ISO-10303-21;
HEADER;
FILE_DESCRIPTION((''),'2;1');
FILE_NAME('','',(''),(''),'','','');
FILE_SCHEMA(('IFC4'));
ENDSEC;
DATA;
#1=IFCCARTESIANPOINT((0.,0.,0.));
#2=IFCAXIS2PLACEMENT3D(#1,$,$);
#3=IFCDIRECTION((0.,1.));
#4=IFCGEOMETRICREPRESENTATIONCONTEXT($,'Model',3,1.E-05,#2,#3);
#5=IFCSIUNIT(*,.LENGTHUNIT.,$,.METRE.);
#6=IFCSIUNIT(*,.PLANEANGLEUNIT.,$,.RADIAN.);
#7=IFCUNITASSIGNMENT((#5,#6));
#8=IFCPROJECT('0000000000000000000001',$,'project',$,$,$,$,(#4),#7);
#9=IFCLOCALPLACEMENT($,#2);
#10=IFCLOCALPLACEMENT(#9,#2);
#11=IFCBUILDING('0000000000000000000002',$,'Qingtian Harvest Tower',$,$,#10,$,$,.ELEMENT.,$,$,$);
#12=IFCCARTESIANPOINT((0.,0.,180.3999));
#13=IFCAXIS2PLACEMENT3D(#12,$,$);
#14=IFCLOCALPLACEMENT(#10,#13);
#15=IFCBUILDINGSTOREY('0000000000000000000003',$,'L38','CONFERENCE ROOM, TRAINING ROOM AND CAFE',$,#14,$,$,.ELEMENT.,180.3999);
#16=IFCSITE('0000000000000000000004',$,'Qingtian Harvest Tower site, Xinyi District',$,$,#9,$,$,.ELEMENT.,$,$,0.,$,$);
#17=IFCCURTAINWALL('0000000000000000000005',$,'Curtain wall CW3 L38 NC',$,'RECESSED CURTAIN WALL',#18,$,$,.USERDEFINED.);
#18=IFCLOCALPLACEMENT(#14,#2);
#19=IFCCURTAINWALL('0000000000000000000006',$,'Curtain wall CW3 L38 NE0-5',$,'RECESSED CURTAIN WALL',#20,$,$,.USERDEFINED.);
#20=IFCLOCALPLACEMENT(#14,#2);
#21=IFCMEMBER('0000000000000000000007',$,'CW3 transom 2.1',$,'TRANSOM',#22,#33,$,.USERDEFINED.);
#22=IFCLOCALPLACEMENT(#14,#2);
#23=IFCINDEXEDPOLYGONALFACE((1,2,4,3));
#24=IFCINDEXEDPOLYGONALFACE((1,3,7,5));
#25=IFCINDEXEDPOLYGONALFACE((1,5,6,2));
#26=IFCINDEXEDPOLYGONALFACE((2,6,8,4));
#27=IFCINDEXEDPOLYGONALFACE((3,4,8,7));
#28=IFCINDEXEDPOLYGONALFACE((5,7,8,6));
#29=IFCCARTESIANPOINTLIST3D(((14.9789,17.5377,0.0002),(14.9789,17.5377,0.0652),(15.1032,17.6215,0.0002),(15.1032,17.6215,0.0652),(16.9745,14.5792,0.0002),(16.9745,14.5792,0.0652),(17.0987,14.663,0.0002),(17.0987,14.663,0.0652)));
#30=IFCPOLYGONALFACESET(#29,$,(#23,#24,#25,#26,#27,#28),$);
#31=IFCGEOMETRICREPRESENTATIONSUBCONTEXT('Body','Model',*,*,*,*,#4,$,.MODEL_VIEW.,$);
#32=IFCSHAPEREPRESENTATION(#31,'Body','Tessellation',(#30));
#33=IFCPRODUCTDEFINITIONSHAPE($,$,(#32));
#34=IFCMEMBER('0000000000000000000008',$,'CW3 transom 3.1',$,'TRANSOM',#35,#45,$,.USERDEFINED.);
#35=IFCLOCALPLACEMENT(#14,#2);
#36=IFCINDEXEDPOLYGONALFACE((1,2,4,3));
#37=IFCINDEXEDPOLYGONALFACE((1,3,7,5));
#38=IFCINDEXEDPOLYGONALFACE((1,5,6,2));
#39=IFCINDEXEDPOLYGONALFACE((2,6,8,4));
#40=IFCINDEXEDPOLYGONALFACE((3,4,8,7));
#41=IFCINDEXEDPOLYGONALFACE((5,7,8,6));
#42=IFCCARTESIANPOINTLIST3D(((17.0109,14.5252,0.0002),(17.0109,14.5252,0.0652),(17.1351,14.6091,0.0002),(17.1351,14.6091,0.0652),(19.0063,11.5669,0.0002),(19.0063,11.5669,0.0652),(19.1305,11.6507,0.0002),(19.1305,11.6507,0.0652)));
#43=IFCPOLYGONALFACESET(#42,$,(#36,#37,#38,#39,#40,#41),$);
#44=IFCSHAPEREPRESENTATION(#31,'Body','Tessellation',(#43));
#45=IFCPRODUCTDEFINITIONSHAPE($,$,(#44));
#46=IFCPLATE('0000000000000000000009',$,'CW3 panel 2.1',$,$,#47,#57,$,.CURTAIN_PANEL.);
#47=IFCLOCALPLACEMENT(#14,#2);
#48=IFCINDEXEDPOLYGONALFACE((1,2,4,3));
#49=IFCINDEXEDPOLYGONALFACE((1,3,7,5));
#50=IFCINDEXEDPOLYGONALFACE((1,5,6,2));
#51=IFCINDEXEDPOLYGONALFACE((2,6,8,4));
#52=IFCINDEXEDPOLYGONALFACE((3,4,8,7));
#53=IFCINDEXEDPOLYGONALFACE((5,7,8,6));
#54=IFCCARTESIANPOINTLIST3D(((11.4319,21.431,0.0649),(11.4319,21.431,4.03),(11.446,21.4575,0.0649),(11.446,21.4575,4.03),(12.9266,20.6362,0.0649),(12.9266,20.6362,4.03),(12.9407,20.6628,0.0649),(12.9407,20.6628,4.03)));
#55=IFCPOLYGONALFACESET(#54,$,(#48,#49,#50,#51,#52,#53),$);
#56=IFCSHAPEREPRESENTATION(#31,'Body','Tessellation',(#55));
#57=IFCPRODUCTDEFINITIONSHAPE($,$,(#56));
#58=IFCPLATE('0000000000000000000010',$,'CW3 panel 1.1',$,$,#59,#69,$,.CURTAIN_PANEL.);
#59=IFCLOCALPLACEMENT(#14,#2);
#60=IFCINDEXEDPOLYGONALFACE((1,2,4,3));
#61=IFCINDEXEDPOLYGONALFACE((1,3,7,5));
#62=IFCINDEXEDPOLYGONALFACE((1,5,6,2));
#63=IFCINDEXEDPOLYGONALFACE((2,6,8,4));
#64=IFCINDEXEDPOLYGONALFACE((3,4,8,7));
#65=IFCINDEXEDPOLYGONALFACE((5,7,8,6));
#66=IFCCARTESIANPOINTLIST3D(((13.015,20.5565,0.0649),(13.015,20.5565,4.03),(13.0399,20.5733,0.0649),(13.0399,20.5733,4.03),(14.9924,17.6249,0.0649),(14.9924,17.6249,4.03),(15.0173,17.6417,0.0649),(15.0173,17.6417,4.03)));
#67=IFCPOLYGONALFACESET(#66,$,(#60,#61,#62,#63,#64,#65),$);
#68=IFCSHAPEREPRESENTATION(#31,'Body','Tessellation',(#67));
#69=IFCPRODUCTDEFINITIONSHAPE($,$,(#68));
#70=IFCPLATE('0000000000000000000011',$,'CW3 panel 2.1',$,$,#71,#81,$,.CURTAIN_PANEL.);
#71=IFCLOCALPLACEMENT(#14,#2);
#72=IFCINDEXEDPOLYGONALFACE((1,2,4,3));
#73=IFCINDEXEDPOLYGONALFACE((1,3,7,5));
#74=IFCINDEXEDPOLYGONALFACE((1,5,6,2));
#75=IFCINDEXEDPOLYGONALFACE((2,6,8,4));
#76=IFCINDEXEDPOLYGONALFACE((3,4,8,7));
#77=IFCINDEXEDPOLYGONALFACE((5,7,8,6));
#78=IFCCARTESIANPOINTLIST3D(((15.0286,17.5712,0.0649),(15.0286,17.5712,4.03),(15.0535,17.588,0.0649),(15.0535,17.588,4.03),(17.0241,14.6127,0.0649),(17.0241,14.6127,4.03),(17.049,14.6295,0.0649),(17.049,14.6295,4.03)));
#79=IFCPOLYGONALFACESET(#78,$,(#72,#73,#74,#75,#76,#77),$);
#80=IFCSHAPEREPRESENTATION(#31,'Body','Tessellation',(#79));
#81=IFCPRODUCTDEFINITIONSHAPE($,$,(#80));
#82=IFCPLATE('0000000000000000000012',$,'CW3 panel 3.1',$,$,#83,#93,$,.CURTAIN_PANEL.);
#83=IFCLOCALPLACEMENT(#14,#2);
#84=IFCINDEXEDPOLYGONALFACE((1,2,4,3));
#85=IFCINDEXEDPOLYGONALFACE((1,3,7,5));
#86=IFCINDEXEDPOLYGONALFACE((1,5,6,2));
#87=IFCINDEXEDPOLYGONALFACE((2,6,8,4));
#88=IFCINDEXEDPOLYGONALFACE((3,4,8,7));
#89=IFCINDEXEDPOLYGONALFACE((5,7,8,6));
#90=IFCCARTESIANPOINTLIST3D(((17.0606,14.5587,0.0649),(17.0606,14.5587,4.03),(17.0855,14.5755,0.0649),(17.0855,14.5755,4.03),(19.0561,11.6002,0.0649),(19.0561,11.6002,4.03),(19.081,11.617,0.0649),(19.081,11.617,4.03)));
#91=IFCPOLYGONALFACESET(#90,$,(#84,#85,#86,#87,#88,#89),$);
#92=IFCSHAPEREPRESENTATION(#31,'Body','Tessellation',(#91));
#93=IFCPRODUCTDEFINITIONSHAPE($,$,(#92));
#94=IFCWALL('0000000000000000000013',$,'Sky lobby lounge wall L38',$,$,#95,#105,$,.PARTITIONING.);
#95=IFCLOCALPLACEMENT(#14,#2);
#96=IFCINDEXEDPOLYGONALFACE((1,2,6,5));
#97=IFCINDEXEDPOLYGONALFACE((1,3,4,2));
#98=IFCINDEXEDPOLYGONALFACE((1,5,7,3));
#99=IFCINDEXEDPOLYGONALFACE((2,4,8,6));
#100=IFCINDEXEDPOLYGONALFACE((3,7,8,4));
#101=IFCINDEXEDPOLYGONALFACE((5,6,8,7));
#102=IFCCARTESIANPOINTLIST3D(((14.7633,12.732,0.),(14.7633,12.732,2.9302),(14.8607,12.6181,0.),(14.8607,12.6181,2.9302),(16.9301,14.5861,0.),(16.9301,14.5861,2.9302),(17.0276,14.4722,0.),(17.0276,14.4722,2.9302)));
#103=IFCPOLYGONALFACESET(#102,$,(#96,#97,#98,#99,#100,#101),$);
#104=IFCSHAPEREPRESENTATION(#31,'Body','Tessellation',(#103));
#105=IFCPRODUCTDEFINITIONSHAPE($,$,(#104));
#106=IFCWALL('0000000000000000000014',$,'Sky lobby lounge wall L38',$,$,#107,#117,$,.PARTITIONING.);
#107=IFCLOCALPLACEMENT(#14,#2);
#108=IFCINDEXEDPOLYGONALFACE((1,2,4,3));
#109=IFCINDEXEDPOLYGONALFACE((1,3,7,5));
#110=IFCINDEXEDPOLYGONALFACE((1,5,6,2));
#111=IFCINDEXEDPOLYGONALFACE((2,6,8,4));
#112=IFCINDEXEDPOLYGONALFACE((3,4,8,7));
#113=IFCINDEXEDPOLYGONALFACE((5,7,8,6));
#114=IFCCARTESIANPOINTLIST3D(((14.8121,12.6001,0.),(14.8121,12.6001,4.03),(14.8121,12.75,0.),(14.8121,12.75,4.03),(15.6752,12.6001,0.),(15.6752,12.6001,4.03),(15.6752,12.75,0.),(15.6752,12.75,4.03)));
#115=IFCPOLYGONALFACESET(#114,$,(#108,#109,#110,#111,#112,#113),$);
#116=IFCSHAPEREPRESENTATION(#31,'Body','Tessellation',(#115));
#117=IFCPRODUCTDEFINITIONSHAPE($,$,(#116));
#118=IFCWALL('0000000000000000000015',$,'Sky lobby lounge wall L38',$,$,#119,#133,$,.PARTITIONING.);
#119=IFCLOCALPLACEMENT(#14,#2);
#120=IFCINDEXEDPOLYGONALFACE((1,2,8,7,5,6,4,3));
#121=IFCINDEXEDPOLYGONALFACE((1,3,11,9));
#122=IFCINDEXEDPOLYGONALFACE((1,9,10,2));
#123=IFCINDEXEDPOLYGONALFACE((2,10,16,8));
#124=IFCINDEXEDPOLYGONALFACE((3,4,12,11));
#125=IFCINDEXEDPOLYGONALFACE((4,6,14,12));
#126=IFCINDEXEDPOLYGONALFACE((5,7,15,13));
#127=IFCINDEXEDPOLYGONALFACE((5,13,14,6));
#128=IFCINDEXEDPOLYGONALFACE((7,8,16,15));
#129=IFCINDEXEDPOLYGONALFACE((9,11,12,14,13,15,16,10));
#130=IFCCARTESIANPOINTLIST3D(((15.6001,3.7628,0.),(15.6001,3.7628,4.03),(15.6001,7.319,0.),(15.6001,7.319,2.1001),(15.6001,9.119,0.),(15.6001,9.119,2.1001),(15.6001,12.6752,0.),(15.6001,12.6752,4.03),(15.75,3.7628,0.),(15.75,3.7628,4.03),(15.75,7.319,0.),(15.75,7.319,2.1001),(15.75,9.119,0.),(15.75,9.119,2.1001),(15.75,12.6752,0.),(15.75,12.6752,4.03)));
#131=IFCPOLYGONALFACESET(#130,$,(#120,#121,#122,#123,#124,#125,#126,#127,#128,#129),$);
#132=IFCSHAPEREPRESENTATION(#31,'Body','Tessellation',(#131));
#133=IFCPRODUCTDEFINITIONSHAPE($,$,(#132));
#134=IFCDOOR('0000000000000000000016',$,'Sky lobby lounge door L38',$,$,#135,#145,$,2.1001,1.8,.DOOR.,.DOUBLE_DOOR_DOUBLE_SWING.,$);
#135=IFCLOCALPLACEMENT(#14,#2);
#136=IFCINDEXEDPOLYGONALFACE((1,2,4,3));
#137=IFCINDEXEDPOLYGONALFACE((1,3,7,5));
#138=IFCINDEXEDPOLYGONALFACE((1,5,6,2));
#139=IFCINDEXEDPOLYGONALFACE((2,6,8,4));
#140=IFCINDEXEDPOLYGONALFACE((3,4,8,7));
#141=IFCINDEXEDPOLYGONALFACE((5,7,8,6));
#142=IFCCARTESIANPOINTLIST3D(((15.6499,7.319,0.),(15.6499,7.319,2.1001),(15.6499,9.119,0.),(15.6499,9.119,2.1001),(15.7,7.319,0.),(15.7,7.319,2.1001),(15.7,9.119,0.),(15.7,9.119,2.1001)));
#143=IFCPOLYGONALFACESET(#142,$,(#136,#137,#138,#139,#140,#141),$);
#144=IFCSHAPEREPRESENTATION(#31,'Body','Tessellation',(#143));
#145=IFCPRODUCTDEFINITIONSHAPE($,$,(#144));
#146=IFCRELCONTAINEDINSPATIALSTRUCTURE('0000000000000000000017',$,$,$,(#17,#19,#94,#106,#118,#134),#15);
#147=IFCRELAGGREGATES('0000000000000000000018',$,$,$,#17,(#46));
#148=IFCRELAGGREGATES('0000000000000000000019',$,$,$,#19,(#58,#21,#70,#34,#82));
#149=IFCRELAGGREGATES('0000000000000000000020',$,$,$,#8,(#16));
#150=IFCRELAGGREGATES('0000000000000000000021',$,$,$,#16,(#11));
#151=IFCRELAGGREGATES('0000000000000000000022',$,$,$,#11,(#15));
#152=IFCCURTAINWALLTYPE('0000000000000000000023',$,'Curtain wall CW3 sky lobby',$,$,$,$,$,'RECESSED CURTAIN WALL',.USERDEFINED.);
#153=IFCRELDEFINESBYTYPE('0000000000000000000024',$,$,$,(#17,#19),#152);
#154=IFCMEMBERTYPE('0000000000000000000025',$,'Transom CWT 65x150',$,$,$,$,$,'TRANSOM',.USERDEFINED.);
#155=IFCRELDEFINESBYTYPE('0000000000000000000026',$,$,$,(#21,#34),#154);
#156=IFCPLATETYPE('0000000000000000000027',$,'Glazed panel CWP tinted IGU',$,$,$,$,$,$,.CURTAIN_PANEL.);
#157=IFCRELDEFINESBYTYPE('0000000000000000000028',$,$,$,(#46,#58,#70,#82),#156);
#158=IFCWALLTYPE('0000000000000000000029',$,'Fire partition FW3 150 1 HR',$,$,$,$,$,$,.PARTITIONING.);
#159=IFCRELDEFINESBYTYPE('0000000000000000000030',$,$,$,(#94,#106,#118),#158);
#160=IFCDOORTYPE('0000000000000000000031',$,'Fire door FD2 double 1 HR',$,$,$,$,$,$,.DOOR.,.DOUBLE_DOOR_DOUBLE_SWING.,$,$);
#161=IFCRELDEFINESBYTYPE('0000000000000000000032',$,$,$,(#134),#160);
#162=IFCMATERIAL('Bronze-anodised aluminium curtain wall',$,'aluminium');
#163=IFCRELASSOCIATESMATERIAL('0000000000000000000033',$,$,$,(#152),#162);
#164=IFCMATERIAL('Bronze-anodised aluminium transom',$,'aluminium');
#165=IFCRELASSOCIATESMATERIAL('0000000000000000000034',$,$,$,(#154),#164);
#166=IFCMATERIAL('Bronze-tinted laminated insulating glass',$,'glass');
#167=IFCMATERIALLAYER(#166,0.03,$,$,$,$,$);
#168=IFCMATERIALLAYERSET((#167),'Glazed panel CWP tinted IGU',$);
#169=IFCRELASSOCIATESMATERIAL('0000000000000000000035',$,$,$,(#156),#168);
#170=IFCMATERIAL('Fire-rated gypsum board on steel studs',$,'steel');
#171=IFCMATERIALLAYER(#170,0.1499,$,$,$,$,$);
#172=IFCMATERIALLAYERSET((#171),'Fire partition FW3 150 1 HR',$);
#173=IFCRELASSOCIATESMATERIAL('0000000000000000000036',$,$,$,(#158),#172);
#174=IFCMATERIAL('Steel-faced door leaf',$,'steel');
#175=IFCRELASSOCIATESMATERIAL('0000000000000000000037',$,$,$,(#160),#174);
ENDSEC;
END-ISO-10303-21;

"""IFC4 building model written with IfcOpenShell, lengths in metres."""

from ifc_helpers import new_model, si_unit, direction, frame, frame_2d, origin, origin_2d, place, context, subcontext, project, spatial, rectangle, extrude, material, layer, layer_set, material_profile, profile_set, type_object, element, fill, aggregate, save


model = new_model("IFC4")

# Units and contexts
model_context = context("Model", 3, precision=1e-05, world=origin(), true_north=direction((0.0, 1.0)))
body_context = subcontext(model_context, "Body", "Model", "MODEL_VIEW")
ifc_project = project(units=[si_unit("LENGTHUNIT", "METRE"), si_unit("PLANEANGLEUNIT", "RADIAN")], contexts=[model_context])

# Site, building, storey
site_placement = place(None, origin())
site = spatial("IfcSite", under=ifc_project, at=site_placement, Name="Qingtian Harvest Tower site, Xinyi District", CompositionType="ELEMENT", RefElevation=0.0)
building_placement = place(site_placement, origin())
building = spatial("IfcBuilding", under=site, at=building_placement, Name="Qingtian Harvest Tower", CompositionType="ELEMENT")
storey_placement = place(building_placement, frame((0.0, 0.0, 180.3999)))
storey = spatial("IfcBuildingStorey", under=building, at=storey_placement, Name="L38", Description="CONFERENCE ROOM, TRAINING ROOM AND CAFE", CompositionType="ELEMENT", Elevation=180.3999)

# Curtain wall
ifc_material_1 = material(Name="Bronze-anodised aluminium curtain wall", Category="aluminium")
curtain_wall_type = type_object("IfcCurtainWallType", Name="Curtain wall CW3 sky lobby", ElementType="RECESSED CURTAIN WALL", PredefinedType="USERDEFINED", material=ifc_material_1)
curtain_wall_1_placement = place(storey_placement, origin())
curtain_wall_1 = element("IfcCurtainWall", 1, at=curtain_wall_1_placement, inside=storey, type_object=curtain_wall_type, Name="Curtain wall CW3 L38 NC", ObjectType="RECESSED CURTAIN WALL", PredefinedType="USERDEFINED")

# Curtain wall
curtain_wall_2_placement = place(storey_placement, origin())
curtain_wall_2 = element("IfcCurtainWall", 2, at=curtain_wall_2_placement, inside=storey, type_object=curtain_wall_type, Name="Curtain wall CW3 L38 NE0-5", ObjectType="RECESSED CURTAIN WALL", PredefinedType="USERDEFINED")

# Members
ifc_material_2 = material(Name="Bronze-anodised aluminium transom", Category="aluminium")
ifc_material_profile_1 = material_profile(ifc_material_2, rectangle(XDim=0.1499, YDim=0.0649, at=origin_2d()), Name="AL 65x150")
ifc_profile_set_1 = profile_set([ifc_material_profile_1], Name="Bronze-anodised aluminium transom")
member_type_1 = type_object("IfcMemberType", Name="Transom CWT 65x150", ElementType="TRANSOM", PredefinedType="USERDEFINED", material=ifc_profile_set_1)
member_1_placement = place(storey_placement, frame((15.041, 17.5796, 0.0327), z_axis=(0.559207, -0.829028, 0.0), x_axis=(0.829028, 0.559207, 0.0)))
member_1 = element("IfcMember", 3, at=member_1_placement, type_object=member_type_1, Name="CW3 transom 2.1", ObjectType="TRANSOM", PredefinedType="USERDEFINED", context=body_context, shape_type="SweptSolid", body=[
    extrude(rectangle(XDim=0.1499, YDim=0.0649, at=origin_2d()), origin(), (0.0, 0.0, 1.0), 3.5686),
])
member_2_placement = place(storey_placement, frame((17.073, 14.5671, 0.0327), z_axis=(0.559192, -0.829038, 0.0), x_axis=(0.829038, 0.559192, 0.0)))
member_2 = element("IfcMember", 4, at=member_2_placement, type_object=member_type_1, Name="CW3 transom 3.1", ObjectType="TRANSOM", PredefinedType="USERDEFINED", context=body_context, shape_type="SweptSolid", body=[
    extrude(rectangle(XDim=0.1499, YDim=0.0649, at=origin_2d()), origin(), (0.0, 0.0, 1.0), 3.5684),
])

# Plates
ifc_material_3 = material(Name="Bronze-tinted laminated insulating glass", Category="glass")
ifc_layer_1 = layer(ifc_material_3, 0.03)
ifc_layer_set_1 = layer_set([ifc_layer_1], Name="Glazed panel CWP tinted IGU")
plate_type = type_object("IfcPlateType", Name="Glazed panel CWP tinted IGU", PredefinedType="CURTAIN_PANEL", material=ifc_layer_set_1)
plate_1_placement = place(storey_placement, frame((12.1863, 21.0469, 0.0649), z_axis=(0.0, 0.0, 1.0), x_axis=(0.882948, -0.469472, 0.0)))
plate_1 = element("IfcPlate", 5, at=plate_1_placement, type_object=plate_type, Name="CW3 panel 2.1", PredefinedType="CURTAIN_PANEL", context=body_context, shape_type="SweptSolid", body=[
    extrude(rectangle(XDim=1.6929, YDim=0.03, at=origin_2d()), origin(), (0.0, 0.0, 1.0), 3.9651),
])
aggregate(curtain_wall_1, [plate_1])
plate_2_placement = place(storey_placement, frame((14.0161, 19.0991, 0.0649), z_axis=(0.0, 0.0, 1.0), x_axis=(0.559193, -0.829038, 0.0)))
plate_2 = element("IfcPlate", 6, at=plate_2_placement, type_object=plate_type, Name="CW3 panel 1.1", PredefinedType="CURTAIN_PANEL", context=body_context, shape_type="SweptSolid", body=[
    extrude(rectangle(XDim=3.5361, YDim=0.03, at=origin_2d()), origin(), (0.0, 0.0, 1.0), 3.9651),
])
plate_3_placement = place(storey_placement, frame((16.0388, 16.1003, 0.0649), z_axis=(0.0, 0.0, 1.0), x_axis=(0.559193, -0.829038, 0.0)))
plate_3 = element("IfcPlate", 7, at=plate_3_placement, type_object=plate_type, Name="CW3 panel 2.1", PredefinedType="CURTAIN_PANEL", context=body_context, shape_type="SweptSolid", body=[
    extrude(rectangle(XDim=3.5686, YDim=0.03, at=origin_2d()), origin(), (0.0, 0.0, 1.0), 3.9651),
])
plate_4_placement = place(storey_placement, frame((18.0708, 13.0879, 0.0649), z_axis=(0.0, 0.0, 1.0), x_axis=(0.559193, -0.829038, 0.0)))
plate_4 = element("IfcPlate", 8, at=plate_4_placement, type_object=plate_type, Name="CW3 panel 3.1", PredefinedType="CURTAIN_PANEL", context=body_context, shape_type="SweptSolid", body=[
    extrude(rectangle(XDim=3.5686, YDim=0.03, at=origin_2d()), origin(), (0.0, 0.0, 1.0), 3.9651),
])
aggregate(curtain_wall_2, [plate_2, member_1, plate_3, member_2, plate_4])

# Walls
ifc_material_4 = material(Name="Fire-rated gypsum board on steel studs", Category="steel")
ifc_layer_2 = layer(ifc_material_4, 0.1499)
ifc_layer_set_2 = layer_set([ifc_layer_2], Name="Fire partition FW3 150 1 HR")
wall_type = type_object("IfcWallType", Name="Fire partition FW3 150 1 HR", PredefinedType="PARTITIONING", material=ifc_layer_set_2)
wall_1_placement = place(storey_placement, frame((16.9788, 14.5291, 0.0), z_axis=(0.0, 0.0, 1.0), x_axis=(-0.759812, -0.650142, 0.0)))
element("IfcWall", 9, at=wall_1_placement, inside=storey, type_object=wall_type, Name="Sky lobby lounge wall L38", PredefinedType="PARTITIONING", context=body_context, shape_type="SweptSolid", body=[
    extrude(rectangle(XDim=2.8518, YDim=0.1499, at=frame_2d((1.4258, 0.0))), origin(), (0.0, 0.0, 1.0), 2.9302),
])
wall_2_placement = place(storey_placement, frame((14.812, 12.675, 0.0), z_axis=(0.0, 0.0, 1.0), x_axis=(1.0, 0.0, 0.0)))
element("IfcWall", 10, at=wall_2_placement, inside=storey, type_object=wall_type, Name="Sky lobby lounge wall L38", PredefinedType="PARTITIONING", context=body_context, shape_type="SweptSolid", body=[
    extrude(rectangle(XDim=0.863, YDim=0.1499, at=frame_2d((0.4316, 0.0))), origin(), (0.0, 0.0, 1.0), 4.03),
])

# Wall, opening, door
wall_3_placement = place(storey_placement, frame((15.675, 12.675, 0.0), z_axis=(0.0, 0.0, 1.0), x_axis=(0.0, -1.0, 0.0)))
wall_3 = element("IfcWall", 11, at=wall_3_placement, inside=storey, type_object=wall_type, Name="Sky lobby lounge wall L38", PredefinedType="PARTITIONING", context=body_context, shape_type="SweptSolid", body=[
    extrude(rectangle(XDim=8.9124, YDim=0.1499, at=frame_2d((4.4561, 0.0))), origin(), (0.0, 0.0, 1.0), 4.03),
])
opening_placement = place(wall_3_placement, frame((3.5562, 0.0, 0.0)))
opening = element("IfcOpeningElement", 12, at=opening_placement, cuts=wall_3, PredefinedType="OPENING", context=body_context, shape_type="SweptSolid", body=[
    extrude(rectangle(XDim=1.8, YDim=2.1001, at=frame_2d((0.8999, 1.05))), frame((0.0, 0.085, 0.0), z_axis=(0.0, -1.0, 0.0), x_axis=(1.0, 0.0, 0.0)), (0.0, 0.0, 1.0), 0.1699),
])
ifc_material_5 = material(Name="Steel-faced door leaf", Category="steel")
door_type = type_object("IfcDoorType", Name="Fire door FD2 double 1 HR", OperationType="DOUBLE_DOOR_DOUBLE_SWING", PredefinedType="DOOR", material=ifc_material_5)
door_placement = place(opening_placement, origin())
door = element("IfcDoor", 13, at=door_placement, inside=storey, type_object=door_type, Name="Sky lobby lounge door L38", OperationType="DOUBLE_DOOR_DOUBLE_SWING", OverallHeight=2.1001, OverallWidth=1.8, PredefinedType="DOOR", context=body_context, shape_type="SweptSolid", body=[
    extrude(rectangle(XDim=1.8, YDim=2.1001, at=frame_2d((0.8999, 1.05))), frame((0.0, 0.0249, 0.0), z_axis=(0.0, -1.0, 0.0), x_axis=(1.0, 0.0, 0.0)), (0.0, 0.0, 1.0), 0.05),
])
fill(opening, door)

save(model, "model.ifc")
